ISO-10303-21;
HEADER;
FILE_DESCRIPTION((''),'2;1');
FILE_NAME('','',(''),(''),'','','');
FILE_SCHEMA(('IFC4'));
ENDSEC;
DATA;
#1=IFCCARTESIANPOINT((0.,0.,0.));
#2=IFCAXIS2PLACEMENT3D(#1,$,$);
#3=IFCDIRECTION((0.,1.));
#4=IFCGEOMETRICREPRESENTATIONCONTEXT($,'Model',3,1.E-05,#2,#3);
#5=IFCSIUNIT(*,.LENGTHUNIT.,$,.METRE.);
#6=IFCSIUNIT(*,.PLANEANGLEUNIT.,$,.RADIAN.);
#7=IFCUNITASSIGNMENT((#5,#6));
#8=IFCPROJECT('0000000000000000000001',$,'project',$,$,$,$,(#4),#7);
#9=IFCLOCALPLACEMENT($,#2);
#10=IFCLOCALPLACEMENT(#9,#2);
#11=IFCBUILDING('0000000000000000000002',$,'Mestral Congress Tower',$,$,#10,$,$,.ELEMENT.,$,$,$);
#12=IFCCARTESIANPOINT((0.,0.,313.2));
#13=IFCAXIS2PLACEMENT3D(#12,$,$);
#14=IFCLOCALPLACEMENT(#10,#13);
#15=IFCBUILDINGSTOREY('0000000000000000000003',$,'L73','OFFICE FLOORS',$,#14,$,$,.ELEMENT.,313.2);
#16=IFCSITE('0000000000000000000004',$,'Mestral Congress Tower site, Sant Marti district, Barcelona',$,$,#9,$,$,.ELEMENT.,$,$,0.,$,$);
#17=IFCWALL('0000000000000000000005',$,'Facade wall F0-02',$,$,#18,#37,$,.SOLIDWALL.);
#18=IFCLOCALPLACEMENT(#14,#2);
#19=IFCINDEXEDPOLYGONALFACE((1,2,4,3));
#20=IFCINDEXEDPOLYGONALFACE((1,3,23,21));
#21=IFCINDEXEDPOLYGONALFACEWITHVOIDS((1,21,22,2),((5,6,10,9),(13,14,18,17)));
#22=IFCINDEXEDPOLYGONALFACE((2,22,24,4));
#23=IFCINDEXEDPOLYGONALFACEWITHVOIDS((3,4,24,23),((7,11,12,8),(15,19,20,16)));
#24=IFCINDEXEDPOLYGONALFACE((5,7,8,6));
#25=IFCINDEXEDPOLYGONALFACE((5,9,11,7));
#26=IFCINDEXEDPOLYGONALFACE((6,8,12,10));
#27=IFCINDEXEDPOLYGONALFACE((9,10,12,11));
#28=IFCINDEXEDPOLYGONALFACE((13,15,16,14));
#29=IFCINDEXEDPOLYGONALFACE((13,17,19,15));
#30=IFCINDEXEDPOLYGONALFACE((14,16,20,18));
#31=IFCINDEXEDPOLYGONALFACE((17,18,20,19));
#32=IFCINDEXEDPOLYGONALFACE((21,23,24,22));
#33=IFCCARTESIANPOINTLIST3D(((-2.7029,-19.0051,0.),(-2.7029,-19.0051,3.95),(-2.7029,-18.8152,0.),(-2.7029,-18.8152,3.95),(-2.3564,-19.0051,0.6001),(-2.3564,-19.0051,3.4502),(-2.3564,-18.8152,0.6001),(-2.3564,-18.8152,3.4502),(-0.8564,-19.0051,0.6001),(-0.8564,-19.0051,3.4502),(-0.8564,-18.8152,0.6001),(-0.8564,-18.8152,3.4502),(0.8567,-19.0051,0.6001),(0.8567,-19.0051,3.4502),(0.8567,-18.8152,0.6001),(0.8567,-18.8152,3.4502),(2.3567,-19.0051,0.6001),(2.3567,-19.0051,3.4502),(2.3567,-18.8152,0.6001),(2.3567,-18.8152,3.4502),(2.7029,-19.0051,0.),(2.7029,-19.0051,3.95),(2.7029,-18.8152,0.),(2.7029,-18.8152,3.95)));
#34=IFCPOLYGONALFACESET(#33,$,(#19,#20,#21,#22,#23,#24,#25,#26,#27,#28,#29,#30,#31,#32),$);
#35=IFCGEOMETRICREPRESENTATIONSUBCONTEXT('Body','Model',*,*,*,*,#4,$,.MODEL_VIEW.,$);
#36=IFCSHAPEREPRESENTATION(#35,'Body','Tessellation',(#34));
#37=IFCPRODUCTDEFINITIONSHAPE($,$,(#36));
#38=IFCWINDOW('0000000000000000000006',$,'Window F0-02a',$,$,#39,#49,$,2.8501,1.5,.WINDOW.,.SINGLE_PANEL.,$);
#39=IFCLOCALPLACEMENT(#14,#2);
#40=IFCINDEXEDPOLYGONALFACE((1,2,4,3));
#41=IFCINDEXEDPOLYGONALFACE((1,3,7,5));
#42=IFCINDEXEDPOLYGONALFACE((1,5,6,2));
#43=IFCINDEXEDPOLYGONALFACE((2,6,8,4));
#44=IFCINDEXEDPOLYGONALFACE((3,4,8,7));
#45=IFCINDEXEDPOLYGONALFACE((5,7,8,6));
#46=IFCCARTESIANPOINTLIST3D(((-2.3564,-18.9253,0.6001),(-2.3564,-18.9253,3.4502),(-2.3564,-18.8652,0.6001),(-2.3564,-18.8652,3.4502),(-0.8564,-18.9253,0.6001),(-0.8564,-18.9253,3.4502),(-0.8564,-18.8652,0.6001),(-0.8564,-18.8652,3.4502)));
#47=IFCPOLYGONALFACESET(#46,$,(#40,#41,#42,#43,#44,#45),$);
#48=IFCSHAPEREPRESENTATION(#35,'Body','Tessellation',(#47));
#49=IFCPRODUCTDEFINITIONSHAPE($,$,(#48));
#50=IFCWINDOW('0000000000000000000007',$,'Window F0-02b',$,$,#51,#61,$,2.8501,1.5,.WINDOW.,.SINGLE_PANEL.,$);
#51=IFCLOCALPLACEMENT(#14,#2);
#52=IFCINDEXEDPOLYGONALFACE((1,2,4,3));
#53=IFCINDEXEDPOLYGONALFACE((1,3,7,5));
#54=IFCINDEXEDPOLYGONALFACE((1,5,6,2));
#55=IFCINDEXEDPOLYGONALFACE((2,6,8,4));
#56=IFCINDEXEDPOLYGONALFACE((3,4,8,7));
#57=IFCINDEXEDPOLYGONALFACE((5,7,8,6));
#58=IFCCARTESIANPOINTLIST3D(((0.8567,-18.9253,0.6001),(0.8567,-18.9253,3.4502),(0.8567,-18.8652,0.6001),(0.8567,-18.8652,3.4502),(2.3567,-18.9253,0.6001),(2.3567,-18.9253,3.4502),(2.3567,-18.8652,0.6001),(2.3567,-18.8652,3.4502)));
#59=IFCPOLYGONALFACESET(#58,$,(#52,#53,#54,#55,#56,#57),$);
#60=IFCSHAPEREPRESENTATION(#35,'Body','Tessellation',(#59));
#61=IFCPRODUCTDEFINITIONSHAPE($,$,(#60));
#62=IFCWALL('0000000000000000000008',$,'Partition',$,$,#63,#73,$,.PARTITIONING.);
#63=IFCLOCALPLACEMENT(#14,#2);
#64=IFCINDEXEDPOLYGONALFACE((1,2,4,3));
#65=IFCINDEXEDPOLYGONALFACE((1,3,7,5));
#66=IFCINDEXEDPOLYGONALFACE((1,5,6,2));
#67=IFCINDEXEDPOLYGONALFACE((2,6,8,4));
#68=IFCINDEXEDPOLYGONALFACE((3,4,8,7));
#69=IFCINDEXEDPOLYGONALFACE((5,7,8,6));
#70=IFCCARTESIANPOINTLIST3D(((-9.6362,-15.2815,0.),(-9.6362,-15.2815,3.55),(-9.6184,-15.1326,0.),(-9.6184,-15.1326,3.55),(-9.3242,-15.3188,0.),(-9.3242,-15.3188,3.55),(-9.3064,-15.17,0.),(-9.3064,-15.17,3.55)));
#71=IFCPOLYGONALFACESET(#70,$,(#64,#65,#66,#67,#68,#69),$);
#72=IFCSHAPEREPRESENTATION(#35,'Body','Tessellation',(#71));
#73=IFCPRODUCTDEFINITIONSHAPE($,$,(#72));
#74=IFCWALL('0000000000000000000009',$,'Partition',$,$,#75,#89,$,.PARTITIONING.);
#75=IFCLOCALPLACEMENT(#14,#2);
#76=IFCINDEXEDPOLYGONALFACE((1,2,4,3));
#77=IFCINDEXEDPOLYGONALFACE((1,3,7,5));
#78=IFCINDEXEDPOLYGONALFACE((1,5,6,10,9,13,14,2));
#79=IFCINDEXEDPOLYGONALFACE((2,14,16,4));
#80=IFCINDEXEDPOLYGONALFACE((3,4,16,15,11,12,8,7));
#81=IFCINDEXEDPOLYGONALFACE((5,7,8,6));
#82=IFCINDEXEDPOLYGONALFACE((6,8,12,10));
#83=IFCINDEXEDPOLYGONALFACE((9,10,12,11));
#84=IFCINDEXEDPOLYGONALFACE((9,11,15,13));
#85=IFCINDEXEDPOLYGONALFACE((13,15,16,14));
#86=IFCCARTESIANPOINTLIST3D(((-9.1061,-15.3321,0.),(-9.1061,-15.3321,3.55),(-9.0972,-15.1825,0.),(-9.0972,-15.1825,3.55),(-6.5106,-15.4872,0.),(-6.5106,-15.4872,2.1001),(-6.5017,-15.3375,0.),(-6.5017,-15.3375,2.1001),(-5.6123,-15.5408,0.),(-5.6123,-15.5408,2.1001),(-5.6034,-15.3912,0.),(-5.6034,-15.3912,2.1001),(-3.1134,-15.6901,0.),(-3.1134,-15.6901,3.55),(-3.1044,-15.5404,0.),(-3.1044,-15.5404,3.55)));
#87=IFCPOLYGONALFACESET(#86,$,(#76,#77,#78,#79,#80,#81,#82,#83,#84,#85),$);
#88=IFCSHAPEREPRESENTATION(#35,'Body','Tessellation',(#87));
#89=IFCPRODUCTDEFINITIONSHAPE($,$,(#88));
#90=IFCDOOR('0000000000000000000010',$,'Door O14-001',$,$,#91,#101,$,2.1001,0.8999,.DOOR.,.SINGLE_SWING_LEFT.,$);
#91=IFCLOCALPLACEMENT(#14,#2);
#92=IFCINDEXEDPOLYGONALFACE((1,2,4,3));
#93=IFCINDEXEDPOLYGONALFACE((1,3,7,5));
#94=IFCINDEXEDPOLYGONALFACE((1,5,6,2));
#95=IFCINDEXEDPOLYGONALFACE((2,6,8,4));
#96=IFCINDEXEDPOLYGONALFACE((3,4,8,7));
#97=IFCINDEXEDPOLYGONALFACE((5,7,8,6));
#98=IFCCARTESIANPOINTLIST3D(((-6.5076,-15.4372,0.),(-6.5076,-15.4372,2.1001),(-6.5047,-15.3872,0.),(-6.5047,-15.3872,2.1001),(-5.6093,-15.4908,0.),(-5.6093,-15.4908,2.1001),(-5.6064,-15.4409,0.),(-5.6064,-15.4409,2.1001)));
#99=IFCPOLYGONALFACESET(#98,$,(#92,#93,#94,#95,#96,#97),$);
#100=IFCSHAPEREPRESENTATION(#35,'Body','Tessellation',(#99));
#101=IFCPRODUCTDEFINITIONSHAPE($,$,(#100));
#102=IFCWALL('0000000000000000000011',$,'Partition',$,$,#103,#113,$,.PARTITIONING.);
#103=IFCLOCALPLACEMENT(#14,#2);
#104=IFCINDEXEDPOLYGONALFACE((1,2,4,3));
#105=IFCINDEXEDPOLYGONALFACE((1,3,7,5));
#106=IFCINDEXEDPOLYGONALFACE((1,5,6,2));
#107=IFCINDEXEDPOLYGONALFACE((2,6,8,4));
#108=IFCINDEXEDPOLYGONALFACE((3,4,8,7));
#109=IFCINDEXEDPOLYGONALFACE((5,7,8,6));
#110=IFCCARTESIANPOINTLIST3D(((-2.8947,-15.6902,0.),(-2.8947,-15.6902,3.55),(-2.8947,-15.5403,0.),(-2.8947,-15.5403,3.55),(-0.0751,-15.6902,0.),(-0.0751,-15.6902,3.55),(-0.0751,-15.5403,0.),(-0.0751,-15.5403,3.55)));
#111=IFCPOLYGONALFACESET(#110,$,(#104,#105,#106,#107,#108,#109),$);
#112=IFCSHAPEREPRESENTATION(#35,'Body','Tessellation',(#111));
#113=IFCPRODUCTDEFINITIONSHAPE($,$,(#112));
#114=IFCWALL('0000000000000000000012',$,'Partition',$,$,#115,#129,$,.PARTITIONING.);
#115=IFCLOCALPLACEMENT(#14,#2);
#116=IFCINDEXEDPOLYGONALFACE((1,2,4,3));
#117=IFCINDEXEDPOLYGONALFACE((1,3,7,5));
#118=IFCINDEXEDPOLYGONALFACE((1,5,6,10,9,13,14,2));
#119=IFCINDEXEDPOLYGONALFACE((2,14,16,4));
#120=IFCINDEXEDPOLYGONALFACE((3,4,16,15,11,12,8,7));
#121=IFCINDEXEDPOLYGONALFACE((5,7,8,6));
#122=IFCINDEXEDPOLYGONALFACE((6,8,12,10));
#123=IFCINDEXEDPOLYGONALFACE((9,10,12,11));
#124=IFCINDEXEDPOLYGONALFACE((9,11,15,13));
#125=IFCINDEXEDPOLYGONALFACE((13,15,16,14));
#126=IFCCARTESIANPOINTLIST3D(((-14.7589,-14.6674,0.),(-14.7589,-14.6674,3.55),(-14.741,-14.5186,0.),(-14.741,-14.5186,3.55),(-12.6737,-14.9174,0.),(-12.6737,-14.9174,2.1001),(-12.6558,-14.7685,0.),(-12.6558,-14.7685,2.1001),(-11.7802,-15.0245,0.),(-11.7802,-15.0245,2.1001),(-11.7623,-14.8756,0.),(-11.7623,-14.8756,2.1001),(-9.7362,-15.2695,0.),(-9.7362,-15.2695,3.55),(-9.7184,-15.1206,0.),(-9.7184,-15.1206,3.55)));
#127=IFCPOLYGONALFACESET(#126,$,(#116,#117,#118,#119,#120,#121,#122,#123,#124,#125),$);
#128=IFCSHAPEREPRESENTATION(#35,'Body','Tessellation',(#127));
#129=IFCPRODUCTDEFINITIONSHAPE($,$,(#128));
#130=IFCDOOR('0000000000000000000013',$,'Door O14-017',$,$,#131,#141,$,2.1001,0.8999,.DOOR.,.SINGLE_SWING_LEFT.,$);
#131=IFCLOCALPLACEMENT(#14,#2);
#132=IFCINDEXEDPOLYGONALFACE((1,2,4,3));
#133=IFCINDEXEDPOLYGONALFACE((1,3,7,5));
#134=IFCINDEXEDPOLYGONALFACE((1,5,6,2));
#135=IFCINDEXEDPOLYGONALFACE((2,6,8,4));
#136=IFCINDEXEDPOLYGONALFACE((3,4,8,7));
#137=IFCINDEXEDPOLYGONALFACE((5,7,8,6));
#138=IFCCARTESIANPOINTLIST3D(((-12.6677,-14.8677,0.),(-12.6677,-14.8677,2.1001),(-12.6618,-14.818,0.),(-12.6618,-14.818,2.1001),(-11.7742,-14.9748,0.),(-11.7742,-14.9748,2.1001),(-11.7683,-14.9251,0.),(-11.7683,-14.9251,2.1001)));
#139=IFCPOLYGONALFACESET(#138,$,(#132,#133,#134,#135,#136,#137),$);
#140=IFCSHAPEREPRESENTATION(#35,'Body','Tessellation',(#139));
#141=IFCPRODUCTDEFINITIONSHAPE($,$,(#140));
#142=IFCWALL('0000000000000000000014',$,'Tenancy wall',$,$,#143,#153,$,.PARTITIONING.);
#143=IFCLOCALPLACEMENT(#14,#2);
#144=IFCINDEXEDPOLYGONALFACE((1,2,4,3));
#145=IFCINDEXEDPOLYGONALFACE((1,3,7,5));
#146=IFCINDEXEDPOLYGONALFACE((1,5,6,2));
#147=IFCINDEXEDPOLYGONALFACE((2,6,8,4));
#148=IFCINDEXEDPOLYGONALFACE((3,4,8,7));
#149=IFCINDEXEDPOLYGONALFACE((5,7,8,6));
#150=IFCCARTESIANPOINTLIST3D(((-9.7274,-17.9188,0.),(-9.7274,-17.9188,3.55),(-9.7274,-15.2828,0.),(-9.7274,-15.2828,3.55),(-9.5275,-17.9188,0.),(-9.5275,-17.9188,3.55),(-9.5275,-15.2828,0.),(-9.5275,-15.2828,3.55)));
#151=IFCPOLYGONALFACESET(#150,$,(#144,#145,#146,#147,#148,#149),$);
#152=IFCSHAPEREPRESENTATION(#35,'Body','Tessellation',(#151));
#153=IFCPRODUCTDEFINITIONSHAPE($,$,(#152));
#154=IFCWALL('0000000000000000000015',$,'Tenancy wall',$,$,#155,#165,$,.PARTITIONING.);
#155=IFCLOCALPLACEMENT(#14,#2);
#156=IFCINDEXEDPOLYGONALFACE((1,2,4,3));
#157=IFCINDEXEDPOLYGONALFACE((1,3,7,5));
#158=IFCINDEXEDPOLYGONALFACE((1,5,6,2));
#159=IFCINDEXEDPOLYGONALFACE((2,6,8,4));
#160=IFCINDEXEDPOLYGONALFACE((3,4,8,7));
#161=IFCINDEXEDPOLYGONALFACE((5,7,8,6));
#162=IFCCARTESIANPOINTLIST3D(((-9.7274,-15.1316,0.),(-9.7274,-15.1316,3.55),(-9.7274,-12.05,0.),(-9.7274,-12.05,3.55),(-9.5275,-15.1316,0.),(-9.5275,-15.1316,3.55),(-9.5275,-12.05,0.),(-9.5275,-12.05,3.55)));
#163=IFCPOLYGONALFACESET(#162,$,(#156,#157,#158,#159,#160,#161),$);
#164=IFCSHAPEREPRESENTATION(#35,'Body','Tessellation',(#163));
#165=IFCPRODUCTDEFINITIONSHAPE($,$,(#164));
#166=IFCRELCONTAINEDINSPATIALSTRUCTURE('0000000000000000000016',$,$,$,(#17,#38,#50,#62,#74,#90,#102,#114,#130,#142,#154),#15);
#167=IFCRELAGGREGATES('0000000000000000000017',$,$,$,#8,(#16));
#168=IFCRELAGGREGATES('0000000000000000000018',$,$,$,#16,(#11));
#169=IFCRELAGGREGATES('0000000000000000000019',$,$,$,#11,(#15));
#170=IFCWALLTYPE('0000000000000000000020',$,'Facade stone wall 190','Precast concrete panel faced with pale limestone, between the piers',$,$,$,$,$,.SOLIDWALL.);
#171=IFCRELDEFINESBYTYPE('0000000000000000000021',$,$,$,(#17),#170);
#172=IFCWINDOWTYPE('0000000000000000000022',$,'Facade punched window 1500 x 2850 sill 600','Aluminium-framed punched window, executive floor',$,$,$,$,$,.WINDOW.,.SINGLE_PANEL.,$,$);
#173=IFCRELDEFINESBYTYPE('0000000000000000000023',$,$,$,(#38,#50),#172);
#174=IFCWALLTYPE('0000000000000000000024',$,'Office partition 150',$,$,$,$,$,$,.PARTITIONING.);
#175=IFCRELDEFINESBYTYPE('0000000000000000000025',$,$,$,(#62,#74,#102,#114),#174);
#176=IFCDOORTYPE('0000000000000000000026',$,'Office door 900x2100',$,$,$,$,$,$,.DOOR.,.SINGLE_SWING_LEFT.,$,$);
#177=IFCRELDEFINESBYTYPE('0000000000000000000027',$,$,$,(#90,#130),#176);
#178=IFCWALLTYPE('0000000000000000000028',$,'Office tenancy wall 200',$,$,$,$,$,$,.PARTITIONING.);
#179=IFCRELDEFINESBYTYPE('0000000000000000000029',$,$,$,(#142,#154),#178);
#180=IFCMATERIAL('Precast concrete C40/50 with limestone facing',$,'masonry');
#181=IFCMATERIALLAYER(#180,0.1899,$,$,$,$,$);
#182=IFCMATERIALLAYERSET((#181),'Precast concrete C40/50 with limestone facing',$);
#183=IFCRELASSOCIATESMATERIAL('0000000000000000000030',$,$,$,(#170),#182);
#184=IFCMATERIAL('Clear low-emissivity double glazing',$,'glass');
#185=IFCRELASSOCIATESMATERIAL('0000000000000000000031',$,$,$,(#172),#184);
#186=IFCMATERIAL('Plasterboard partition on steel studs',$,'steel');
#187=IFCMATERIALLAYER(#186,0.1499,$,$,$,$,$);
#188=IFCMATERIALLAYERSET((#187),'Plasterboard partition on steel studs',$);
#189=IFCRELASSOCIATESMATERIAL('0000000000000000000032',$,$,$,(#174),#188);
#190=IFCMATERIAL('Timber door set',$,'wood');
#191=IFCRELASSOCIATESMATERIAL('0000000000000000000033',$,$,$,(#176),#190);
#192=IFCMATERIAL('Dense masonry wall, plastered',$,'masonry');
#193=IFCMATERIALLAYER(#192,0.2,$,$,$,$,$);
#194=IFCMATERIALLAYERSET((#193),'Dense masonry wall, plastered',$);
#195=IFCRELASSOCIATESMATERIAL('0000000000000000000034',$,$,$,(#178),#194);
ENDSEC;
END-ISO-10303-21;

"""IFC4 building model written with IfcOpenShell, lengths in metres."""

from ifc_helpers import new_model, si_unit, direction, frame, frame_2d, origin, place, context, subcontext, project, spatial, rectangle, extrude, material, layer, layer_set, type_object, element, fill, save


model = new_model("IFC4")

# Units and contexts
model_context = context("Model", 3, precision=1e-05, world=origin(), true_north=direction((0.0, 1.0)))
body_context = subcontext(model_context, "Body", "Model", "MODEL_VIEW")
ifc_project = project(units=[si_unit("LENGTHUNIT", "METRE"), si_unit("PLANEANGLEUNIT", "RADIAN")], contexts=[model_context])

# Site, building, storey
site_placement = place(None, origin())
site = spatial("IfcSite", under=ifc_project, at=site_placement, Name="Mestral Congress Tower site, Sant Marti district, Barcelona", CompositionType="ELEMENT", RefElevation=0.0)
building_placement = place(site_placement, origin())
building = spatial("IfcBuilding", under=site, at=building_placement, Name="Mestral Congress Tower", CompositionType="ELEMENT")
storey_placement = place(building_placement, frame((0.0, 0.0, 313.2)))
storey = spatial("IfcBuildingStorey", under=building, at=storey_placement, Name="L73", Description="OFFICE FLOORS", CompositionType="ELEMENT", Elevation=313.2)

# Wall, openings, windows
ifc_material_1 = material(Name="Precast concrete C40/50 with limestone facing", Category="masonry")
ifc_layer_1 = layer(ifc_material_1, 0.1899)
ifc_layer_set_1 = layer_set([ifc_layer_1], Name="Precast concrete C40/50 with limestone facing")
wall_type_1 = type_object("IfcWallType", Name="Facade stone wall 190", Description="Precast concrete panel faced with pale limestone, between the piers", PredefinedType="SOLIDWALL", material=ifc_layer_set_1)
ifc_material_2 = material(Name="Clear low-emissivity double glazing", Category="glass")
window_type = type_object("IfcWindowType", Name="Facade punched window 1500 x 2850 sill 600", Description="Aluminium-framed punched window, executive floor", PartitioningType="SINGLE_PANEL", PredefinedType="WINDOW", material=ifc_material_2)
wall_1_placement = place(storey_placement, frame((-2.7029, -18.9102, 0.0), z_axis=(0.0, 0.0, 1.0), x_axis=(1.0, 0.0, 0.0)))
wall_1 = element("IfcWall", 1, at=wall_1_placement, inside=storey, type_object=wall_type_1, Name="Facade wall F0-02", PredefinedType="SOLIDWALL", context=body_context, shape_type="SweptSolid", body=[
    extrude(rectangle(XDim=5.4058, YDim=0.1899, at=frame_2d((2.7029, 0.0))), origin(), (0.0, 0.0, 1.0), 3.95),
])
opening_1_placement = place(wall_1_placement, frame((0.3464, 0.0, 0.6001)))
opening_1 = element("IfcOpeningElement", 2, at=opening_1_placement, cuts=wall_1, PredefinedType="OPENING", context=body_context, shape_type="SweptSolid", body=[
    extrude(rectangle(XDim=1.5, YDim=2.8501, at=frame_2d((0.75, 1.425))), frame((0.0, 0.105, 0.0), z_axis=(0.0, -1.0, 0.0), x_axis=(1.0, 0.0, 0.0)), (0.0, 0.0, 1.0), 0.21),
])
opening_2_placement = place(wall_1_placement, frame((3.5596, 0.0, 0.6001)))
opening_2 = element("IfcOpeningElement", 3, at=opening_2_placement, cuts=wall_1, PredefinedType="OPENING", context=body_context, shape_type="SweptSolid", body=[
    extrude(rectangle(XDim=1.5, YDim=2.8501, at=frame_2d((0.75, 1.425))), frame((0.0, 0.105, 0.0), z_axis=(0.0, -1.0, 0.0), x_axis=(1.0, 0.0, 0.0)), (0.0, 0.0, 1.0), 0.21),
])
window_1_placement = place(opening_1_placement, origin())
window_1 = element("IfcWindow", 4, at=window_1_placement, inside=storey, type_object=window_type, Name="Window F0-02a", OverallHeight=2.8501, OverallWidth=1.5, PartitioningType="SINGLE_PANEL", PredefinedType="WINDOW", context=body_context, shape_type="SweptSolid", body=[
    extrude(rectangle(XDim=1.5, YDim=2.8501, at=frame_2d((0.75, 1.425))), frame((0.0, 0.0449, 0.0), z_axis=(0.0, -1.0, 0.0), x_axis=(1.0, 0.0, 0.0)), (0.0, 0.0, 1.0), 0.0601),
])
fill(opening_1, window_1)
window_2_placement = place(opening_2_placement, origin())
window_2 = element("IfcWindow", 5, at=window_2_placement, inside=storey, type_object=window_type, Name="Window F0-02b", OverallHeight=2.8501, OverallWidth=1.5, PartitioningType="SINGLE_PANEL", PredefinedType="WINDOW", context=body_context, shape_type="SweptSolid", body=[
    extrude(rectangle(XDim=1.5, YDim=2.8501, at=frame_2d((0.75, 1.425))), frame((0.0, 0.0449, 0.0), z_axis=(0.0, -1.0, 0.0), x_axis=(1.0, 0.0, 0.0)), (0.0, 0.0, 1.0), 0.0601),
])
fill(opening_2, window_2)

# Wall
ifc_material_3 = material(Name="Plasterboard partition on steel studs", Category="steel")
ifc_layer_2 = layer(ifc_material_3, 0.1499)
ifc_layer_set_2 = layer_set([ifc_layer_2], Name="Plasterboard partition on steel studs")
wall_type_2 = type_object("IfcWallType", Name="Office partition 150", PredefinedType="PARTITIONING", material=ifc_layer_set_2)
wall_2_placement = place(storey_placement, frame((-9.6274, -15.207, 0.0), z_axis=(0.0, 0.0, 1.0), x_axis=(0.99291, -0.118869, 0.0)))
element("IfcWall", 6, at=wall_2_placement, inside=storey, type_object=wall_type_2, Name="Partition", PredefinedType="PARTITIONING", context=body_context, shape_type="SweptSolid", body=[
    extrude(rectangle(XDim=0.3142, YDim=0.1499, at=frame_2d((0.1572, 0.0))), origin(), (0.0, 0.0, 1.0), 3.55),
])

# Wall, opening, door
wall_3_placement = place(storey_placement, frame((-3.1089, -15.6152, 0.0), z_axis=(0.0, 0.0, 1.0), x_axis=(-0.998221, 0.059618, 0.0)))
wall_3 = element("IfcWall", 7, at=wall_3_placement, inside=storey, type_object=wall_type_2, Name="Partition", PredefinedType="PARTITIONING", context=body_context, shape_type="SweptSolid", body=[
    extrude(rectangle(XDim=6.0034, YDim=0.1499, at=frame_2d((3.0017, 0.0))), origin(), (0.0, 0.0, 1.0), 3.55),
])
opening_3_placement = place(wall_3_placement, frame((2.5034, 0.0, 0.0)))
opening_3 = element("IfcOpeningElement", 8, at=opening_3_placement, cuts=wall_3, PredefinedType="OPENING", context=body_context, shape_type="SweptSolid", body=[
    extrude(rectangle(XDim=0.8999, YDim=2.1001, at=frame_2d((0.45, 1.05))), frame((0.0, 0.085, 0.0), z_axis=(0.0, -1.0, 0.0), x_axis=(1.0, 0.0, 0.0)), (0.0, 0.0, 1.0), 0.1699),
])
ifc_material_4 = material(Name="Timber door set", Category="wood")
door_type_1 = type_object("IfcDoorType", Name="Office door 900x2100", OperationType="SINGLE_SWING_LEFT", PredefinedType="DOOR", material=ifc_material_4)
door_1_placement = place(opening_3_placement, origin())
door_1 = element("IfcDoor", 9, at=door_1_placement, inside=storey, type_object=door_type_1, Name="Door O14-001", OperationType="SINGLE_SWING_LEFT", OverallHeight=2.1001, OverallWidth=0.8999, PredefinedType="DOOR", context=body_context, shape_type="SweptSolid", body=[
    extrude(rectangle(XDim=0.8999, YDim=2.1001, at=frame_2d((0.45, 1.05))), frame((0.0, 0.0249, 0.0), z_axis=(0.0, -1.0, 0.0), x_axis=(1.0, 0.0, 0.0)), (0.0, 0.0, 1.0), 0.05),
])
fill(opening_3, door_1)

# Wall
wall_4_placement = place(storey_placement, frame((-2.8945, -15.6152, 0.0), z_axis=(0.0, 0.0, 1.0), x_axis=(1.0, 0.0, 0.0)))
element("IfcWall", 10, at=wall_4_placement, inside=storey, type_object=wall_type_2, Name="Partition", PredefinedType="PARTITIONING", context=body_context, shape_type="SweptSolid", body=[
    extrude(rectangle(XDim=2.8196, YDim=0.1499, at=frame_2d((1.4097, 0.0))), origin(), (0.0, 0.0, 1.0), 3.55),
])

# Wall, opening, door
wall_5_placement = place(storey_placement, frame((-9.7273, -15.1951, 0.0), z_axis=(0.0, 0.0, 1.0), x_axis=(-0.992893, 0.119014, 0.0)))
wall_5 = element("IfcWall", 11, at=wall_5_placement, inside=storey, type_object=wall_type_2, Name="Partition", PredefinedType="PARTITIONING", context=body_context, shape_type="SweptSolid", body=[
    extrude(rectangle(XDim=5.0586, YDim=0.1499, at=frame_2d((2.5293, 0.0))), origin(), (0.0, 0.0, 1.0), 3.55),
])
opening_4_placement = place(wall_5_placement, frame((2.0586, 0.0, 0.0)))
opening_4 = element("IfcOpeningElement", 12, at=opening_4_placement, cuts=wall_5, PredefinedType="OPENING", context=body_context, shape_type="SweptSolid", body=[
    extrude(rectangle(XDim=0.8999, YDim=2.1001, at=frame_2d((0.45, 1.05))), frame((0.0, 0.085, 0.0), z_axis=(0.0, -1.0, 0.0), x_axis=(1.0, 0.0, 0.0)), (0.0, 0.0, 1.0), 0.1699),
])
door_2_placement = place(opening_4_placement, origin())
door_2 = element("IfcDoor", 13, at=door_2_placement, inside=storey, type_object=door_type_1, Name="Door O14-017", OperationType="SINGLE_SWING_LEFT", OverallHeight=2.1001, OverallWidth=0.8999, PredefinedType="DOOR", context=body_context, shape_type="SweptSolid", body=[
    extrude(rectangle(XDim=0.8999, YDim=2.1001, at=frame_2d((0.45, 1.05))), frame((0.0, 0.0249, 0.0), z_axis=(0.0, -1.0, 0.0), x_axis=(1.0, 0.0, 0.0)), (0.0, 0.0, 1.0), 0.05),
])
fill(opening_4, door_2)

# Walls
ifc_material_5 = material(Name="Dense masonry wall, plastered", Category="masonry")
ifc_layer_3 = layer(ifc_material_5, 0.2)
ifc_layer_set_3 = layer_set([ifc_layer_3], Name="Dense masonry wall, plastered")
wall_type_3 = type_object("IfcWallType", Name="Office tenancy wall 200", PredefinedType="PARTITIONING", material=ifc_layer_set_3)
wall_6_placement = place(storey_placement, frame((-9.6274, -17.9187, 0.0), z_axis=(0.0, 0.0, 1.0), x_axis=(0.0, 1.0, 0.0)))
element("IfcWall", 14, at=wall_6_placement, inside=storey, type_object=wall_type_3, Name="Tenancy wall", PredefinedType="PARTITIONING", context=body_context, shape_type="SweptSolid", body=[
    extrude(rectangle(XDim=2.636, YDim=0.2, at=frame_2d((1.3179, 0.0))), origin(), (0.0, 0.0, 1.0), 3.55),
])
wall_7_placement = place(storey_placement, frame((-9.6274, -15.1316, 0.0), z_axis=(0.0, 0.0, 1.0), x_axis=(0.0, 1.0, 0.0)))
element("IfcWall", 15, at=wall_7_placement, inside=storey, type_object=wall_type_3, Name="Tenancy wall", PredefinedType="PARTITIONING", context=body_context, shape_type="SweptSolid", body=[
    extrude(rectangle(XDim=3.0815, YDim=0.2, at=frame_2d((1.5408, 0.0))), origin(), (0.0, 0.0, 1.0), 3.55),
])

save(model, "model.ifc")
